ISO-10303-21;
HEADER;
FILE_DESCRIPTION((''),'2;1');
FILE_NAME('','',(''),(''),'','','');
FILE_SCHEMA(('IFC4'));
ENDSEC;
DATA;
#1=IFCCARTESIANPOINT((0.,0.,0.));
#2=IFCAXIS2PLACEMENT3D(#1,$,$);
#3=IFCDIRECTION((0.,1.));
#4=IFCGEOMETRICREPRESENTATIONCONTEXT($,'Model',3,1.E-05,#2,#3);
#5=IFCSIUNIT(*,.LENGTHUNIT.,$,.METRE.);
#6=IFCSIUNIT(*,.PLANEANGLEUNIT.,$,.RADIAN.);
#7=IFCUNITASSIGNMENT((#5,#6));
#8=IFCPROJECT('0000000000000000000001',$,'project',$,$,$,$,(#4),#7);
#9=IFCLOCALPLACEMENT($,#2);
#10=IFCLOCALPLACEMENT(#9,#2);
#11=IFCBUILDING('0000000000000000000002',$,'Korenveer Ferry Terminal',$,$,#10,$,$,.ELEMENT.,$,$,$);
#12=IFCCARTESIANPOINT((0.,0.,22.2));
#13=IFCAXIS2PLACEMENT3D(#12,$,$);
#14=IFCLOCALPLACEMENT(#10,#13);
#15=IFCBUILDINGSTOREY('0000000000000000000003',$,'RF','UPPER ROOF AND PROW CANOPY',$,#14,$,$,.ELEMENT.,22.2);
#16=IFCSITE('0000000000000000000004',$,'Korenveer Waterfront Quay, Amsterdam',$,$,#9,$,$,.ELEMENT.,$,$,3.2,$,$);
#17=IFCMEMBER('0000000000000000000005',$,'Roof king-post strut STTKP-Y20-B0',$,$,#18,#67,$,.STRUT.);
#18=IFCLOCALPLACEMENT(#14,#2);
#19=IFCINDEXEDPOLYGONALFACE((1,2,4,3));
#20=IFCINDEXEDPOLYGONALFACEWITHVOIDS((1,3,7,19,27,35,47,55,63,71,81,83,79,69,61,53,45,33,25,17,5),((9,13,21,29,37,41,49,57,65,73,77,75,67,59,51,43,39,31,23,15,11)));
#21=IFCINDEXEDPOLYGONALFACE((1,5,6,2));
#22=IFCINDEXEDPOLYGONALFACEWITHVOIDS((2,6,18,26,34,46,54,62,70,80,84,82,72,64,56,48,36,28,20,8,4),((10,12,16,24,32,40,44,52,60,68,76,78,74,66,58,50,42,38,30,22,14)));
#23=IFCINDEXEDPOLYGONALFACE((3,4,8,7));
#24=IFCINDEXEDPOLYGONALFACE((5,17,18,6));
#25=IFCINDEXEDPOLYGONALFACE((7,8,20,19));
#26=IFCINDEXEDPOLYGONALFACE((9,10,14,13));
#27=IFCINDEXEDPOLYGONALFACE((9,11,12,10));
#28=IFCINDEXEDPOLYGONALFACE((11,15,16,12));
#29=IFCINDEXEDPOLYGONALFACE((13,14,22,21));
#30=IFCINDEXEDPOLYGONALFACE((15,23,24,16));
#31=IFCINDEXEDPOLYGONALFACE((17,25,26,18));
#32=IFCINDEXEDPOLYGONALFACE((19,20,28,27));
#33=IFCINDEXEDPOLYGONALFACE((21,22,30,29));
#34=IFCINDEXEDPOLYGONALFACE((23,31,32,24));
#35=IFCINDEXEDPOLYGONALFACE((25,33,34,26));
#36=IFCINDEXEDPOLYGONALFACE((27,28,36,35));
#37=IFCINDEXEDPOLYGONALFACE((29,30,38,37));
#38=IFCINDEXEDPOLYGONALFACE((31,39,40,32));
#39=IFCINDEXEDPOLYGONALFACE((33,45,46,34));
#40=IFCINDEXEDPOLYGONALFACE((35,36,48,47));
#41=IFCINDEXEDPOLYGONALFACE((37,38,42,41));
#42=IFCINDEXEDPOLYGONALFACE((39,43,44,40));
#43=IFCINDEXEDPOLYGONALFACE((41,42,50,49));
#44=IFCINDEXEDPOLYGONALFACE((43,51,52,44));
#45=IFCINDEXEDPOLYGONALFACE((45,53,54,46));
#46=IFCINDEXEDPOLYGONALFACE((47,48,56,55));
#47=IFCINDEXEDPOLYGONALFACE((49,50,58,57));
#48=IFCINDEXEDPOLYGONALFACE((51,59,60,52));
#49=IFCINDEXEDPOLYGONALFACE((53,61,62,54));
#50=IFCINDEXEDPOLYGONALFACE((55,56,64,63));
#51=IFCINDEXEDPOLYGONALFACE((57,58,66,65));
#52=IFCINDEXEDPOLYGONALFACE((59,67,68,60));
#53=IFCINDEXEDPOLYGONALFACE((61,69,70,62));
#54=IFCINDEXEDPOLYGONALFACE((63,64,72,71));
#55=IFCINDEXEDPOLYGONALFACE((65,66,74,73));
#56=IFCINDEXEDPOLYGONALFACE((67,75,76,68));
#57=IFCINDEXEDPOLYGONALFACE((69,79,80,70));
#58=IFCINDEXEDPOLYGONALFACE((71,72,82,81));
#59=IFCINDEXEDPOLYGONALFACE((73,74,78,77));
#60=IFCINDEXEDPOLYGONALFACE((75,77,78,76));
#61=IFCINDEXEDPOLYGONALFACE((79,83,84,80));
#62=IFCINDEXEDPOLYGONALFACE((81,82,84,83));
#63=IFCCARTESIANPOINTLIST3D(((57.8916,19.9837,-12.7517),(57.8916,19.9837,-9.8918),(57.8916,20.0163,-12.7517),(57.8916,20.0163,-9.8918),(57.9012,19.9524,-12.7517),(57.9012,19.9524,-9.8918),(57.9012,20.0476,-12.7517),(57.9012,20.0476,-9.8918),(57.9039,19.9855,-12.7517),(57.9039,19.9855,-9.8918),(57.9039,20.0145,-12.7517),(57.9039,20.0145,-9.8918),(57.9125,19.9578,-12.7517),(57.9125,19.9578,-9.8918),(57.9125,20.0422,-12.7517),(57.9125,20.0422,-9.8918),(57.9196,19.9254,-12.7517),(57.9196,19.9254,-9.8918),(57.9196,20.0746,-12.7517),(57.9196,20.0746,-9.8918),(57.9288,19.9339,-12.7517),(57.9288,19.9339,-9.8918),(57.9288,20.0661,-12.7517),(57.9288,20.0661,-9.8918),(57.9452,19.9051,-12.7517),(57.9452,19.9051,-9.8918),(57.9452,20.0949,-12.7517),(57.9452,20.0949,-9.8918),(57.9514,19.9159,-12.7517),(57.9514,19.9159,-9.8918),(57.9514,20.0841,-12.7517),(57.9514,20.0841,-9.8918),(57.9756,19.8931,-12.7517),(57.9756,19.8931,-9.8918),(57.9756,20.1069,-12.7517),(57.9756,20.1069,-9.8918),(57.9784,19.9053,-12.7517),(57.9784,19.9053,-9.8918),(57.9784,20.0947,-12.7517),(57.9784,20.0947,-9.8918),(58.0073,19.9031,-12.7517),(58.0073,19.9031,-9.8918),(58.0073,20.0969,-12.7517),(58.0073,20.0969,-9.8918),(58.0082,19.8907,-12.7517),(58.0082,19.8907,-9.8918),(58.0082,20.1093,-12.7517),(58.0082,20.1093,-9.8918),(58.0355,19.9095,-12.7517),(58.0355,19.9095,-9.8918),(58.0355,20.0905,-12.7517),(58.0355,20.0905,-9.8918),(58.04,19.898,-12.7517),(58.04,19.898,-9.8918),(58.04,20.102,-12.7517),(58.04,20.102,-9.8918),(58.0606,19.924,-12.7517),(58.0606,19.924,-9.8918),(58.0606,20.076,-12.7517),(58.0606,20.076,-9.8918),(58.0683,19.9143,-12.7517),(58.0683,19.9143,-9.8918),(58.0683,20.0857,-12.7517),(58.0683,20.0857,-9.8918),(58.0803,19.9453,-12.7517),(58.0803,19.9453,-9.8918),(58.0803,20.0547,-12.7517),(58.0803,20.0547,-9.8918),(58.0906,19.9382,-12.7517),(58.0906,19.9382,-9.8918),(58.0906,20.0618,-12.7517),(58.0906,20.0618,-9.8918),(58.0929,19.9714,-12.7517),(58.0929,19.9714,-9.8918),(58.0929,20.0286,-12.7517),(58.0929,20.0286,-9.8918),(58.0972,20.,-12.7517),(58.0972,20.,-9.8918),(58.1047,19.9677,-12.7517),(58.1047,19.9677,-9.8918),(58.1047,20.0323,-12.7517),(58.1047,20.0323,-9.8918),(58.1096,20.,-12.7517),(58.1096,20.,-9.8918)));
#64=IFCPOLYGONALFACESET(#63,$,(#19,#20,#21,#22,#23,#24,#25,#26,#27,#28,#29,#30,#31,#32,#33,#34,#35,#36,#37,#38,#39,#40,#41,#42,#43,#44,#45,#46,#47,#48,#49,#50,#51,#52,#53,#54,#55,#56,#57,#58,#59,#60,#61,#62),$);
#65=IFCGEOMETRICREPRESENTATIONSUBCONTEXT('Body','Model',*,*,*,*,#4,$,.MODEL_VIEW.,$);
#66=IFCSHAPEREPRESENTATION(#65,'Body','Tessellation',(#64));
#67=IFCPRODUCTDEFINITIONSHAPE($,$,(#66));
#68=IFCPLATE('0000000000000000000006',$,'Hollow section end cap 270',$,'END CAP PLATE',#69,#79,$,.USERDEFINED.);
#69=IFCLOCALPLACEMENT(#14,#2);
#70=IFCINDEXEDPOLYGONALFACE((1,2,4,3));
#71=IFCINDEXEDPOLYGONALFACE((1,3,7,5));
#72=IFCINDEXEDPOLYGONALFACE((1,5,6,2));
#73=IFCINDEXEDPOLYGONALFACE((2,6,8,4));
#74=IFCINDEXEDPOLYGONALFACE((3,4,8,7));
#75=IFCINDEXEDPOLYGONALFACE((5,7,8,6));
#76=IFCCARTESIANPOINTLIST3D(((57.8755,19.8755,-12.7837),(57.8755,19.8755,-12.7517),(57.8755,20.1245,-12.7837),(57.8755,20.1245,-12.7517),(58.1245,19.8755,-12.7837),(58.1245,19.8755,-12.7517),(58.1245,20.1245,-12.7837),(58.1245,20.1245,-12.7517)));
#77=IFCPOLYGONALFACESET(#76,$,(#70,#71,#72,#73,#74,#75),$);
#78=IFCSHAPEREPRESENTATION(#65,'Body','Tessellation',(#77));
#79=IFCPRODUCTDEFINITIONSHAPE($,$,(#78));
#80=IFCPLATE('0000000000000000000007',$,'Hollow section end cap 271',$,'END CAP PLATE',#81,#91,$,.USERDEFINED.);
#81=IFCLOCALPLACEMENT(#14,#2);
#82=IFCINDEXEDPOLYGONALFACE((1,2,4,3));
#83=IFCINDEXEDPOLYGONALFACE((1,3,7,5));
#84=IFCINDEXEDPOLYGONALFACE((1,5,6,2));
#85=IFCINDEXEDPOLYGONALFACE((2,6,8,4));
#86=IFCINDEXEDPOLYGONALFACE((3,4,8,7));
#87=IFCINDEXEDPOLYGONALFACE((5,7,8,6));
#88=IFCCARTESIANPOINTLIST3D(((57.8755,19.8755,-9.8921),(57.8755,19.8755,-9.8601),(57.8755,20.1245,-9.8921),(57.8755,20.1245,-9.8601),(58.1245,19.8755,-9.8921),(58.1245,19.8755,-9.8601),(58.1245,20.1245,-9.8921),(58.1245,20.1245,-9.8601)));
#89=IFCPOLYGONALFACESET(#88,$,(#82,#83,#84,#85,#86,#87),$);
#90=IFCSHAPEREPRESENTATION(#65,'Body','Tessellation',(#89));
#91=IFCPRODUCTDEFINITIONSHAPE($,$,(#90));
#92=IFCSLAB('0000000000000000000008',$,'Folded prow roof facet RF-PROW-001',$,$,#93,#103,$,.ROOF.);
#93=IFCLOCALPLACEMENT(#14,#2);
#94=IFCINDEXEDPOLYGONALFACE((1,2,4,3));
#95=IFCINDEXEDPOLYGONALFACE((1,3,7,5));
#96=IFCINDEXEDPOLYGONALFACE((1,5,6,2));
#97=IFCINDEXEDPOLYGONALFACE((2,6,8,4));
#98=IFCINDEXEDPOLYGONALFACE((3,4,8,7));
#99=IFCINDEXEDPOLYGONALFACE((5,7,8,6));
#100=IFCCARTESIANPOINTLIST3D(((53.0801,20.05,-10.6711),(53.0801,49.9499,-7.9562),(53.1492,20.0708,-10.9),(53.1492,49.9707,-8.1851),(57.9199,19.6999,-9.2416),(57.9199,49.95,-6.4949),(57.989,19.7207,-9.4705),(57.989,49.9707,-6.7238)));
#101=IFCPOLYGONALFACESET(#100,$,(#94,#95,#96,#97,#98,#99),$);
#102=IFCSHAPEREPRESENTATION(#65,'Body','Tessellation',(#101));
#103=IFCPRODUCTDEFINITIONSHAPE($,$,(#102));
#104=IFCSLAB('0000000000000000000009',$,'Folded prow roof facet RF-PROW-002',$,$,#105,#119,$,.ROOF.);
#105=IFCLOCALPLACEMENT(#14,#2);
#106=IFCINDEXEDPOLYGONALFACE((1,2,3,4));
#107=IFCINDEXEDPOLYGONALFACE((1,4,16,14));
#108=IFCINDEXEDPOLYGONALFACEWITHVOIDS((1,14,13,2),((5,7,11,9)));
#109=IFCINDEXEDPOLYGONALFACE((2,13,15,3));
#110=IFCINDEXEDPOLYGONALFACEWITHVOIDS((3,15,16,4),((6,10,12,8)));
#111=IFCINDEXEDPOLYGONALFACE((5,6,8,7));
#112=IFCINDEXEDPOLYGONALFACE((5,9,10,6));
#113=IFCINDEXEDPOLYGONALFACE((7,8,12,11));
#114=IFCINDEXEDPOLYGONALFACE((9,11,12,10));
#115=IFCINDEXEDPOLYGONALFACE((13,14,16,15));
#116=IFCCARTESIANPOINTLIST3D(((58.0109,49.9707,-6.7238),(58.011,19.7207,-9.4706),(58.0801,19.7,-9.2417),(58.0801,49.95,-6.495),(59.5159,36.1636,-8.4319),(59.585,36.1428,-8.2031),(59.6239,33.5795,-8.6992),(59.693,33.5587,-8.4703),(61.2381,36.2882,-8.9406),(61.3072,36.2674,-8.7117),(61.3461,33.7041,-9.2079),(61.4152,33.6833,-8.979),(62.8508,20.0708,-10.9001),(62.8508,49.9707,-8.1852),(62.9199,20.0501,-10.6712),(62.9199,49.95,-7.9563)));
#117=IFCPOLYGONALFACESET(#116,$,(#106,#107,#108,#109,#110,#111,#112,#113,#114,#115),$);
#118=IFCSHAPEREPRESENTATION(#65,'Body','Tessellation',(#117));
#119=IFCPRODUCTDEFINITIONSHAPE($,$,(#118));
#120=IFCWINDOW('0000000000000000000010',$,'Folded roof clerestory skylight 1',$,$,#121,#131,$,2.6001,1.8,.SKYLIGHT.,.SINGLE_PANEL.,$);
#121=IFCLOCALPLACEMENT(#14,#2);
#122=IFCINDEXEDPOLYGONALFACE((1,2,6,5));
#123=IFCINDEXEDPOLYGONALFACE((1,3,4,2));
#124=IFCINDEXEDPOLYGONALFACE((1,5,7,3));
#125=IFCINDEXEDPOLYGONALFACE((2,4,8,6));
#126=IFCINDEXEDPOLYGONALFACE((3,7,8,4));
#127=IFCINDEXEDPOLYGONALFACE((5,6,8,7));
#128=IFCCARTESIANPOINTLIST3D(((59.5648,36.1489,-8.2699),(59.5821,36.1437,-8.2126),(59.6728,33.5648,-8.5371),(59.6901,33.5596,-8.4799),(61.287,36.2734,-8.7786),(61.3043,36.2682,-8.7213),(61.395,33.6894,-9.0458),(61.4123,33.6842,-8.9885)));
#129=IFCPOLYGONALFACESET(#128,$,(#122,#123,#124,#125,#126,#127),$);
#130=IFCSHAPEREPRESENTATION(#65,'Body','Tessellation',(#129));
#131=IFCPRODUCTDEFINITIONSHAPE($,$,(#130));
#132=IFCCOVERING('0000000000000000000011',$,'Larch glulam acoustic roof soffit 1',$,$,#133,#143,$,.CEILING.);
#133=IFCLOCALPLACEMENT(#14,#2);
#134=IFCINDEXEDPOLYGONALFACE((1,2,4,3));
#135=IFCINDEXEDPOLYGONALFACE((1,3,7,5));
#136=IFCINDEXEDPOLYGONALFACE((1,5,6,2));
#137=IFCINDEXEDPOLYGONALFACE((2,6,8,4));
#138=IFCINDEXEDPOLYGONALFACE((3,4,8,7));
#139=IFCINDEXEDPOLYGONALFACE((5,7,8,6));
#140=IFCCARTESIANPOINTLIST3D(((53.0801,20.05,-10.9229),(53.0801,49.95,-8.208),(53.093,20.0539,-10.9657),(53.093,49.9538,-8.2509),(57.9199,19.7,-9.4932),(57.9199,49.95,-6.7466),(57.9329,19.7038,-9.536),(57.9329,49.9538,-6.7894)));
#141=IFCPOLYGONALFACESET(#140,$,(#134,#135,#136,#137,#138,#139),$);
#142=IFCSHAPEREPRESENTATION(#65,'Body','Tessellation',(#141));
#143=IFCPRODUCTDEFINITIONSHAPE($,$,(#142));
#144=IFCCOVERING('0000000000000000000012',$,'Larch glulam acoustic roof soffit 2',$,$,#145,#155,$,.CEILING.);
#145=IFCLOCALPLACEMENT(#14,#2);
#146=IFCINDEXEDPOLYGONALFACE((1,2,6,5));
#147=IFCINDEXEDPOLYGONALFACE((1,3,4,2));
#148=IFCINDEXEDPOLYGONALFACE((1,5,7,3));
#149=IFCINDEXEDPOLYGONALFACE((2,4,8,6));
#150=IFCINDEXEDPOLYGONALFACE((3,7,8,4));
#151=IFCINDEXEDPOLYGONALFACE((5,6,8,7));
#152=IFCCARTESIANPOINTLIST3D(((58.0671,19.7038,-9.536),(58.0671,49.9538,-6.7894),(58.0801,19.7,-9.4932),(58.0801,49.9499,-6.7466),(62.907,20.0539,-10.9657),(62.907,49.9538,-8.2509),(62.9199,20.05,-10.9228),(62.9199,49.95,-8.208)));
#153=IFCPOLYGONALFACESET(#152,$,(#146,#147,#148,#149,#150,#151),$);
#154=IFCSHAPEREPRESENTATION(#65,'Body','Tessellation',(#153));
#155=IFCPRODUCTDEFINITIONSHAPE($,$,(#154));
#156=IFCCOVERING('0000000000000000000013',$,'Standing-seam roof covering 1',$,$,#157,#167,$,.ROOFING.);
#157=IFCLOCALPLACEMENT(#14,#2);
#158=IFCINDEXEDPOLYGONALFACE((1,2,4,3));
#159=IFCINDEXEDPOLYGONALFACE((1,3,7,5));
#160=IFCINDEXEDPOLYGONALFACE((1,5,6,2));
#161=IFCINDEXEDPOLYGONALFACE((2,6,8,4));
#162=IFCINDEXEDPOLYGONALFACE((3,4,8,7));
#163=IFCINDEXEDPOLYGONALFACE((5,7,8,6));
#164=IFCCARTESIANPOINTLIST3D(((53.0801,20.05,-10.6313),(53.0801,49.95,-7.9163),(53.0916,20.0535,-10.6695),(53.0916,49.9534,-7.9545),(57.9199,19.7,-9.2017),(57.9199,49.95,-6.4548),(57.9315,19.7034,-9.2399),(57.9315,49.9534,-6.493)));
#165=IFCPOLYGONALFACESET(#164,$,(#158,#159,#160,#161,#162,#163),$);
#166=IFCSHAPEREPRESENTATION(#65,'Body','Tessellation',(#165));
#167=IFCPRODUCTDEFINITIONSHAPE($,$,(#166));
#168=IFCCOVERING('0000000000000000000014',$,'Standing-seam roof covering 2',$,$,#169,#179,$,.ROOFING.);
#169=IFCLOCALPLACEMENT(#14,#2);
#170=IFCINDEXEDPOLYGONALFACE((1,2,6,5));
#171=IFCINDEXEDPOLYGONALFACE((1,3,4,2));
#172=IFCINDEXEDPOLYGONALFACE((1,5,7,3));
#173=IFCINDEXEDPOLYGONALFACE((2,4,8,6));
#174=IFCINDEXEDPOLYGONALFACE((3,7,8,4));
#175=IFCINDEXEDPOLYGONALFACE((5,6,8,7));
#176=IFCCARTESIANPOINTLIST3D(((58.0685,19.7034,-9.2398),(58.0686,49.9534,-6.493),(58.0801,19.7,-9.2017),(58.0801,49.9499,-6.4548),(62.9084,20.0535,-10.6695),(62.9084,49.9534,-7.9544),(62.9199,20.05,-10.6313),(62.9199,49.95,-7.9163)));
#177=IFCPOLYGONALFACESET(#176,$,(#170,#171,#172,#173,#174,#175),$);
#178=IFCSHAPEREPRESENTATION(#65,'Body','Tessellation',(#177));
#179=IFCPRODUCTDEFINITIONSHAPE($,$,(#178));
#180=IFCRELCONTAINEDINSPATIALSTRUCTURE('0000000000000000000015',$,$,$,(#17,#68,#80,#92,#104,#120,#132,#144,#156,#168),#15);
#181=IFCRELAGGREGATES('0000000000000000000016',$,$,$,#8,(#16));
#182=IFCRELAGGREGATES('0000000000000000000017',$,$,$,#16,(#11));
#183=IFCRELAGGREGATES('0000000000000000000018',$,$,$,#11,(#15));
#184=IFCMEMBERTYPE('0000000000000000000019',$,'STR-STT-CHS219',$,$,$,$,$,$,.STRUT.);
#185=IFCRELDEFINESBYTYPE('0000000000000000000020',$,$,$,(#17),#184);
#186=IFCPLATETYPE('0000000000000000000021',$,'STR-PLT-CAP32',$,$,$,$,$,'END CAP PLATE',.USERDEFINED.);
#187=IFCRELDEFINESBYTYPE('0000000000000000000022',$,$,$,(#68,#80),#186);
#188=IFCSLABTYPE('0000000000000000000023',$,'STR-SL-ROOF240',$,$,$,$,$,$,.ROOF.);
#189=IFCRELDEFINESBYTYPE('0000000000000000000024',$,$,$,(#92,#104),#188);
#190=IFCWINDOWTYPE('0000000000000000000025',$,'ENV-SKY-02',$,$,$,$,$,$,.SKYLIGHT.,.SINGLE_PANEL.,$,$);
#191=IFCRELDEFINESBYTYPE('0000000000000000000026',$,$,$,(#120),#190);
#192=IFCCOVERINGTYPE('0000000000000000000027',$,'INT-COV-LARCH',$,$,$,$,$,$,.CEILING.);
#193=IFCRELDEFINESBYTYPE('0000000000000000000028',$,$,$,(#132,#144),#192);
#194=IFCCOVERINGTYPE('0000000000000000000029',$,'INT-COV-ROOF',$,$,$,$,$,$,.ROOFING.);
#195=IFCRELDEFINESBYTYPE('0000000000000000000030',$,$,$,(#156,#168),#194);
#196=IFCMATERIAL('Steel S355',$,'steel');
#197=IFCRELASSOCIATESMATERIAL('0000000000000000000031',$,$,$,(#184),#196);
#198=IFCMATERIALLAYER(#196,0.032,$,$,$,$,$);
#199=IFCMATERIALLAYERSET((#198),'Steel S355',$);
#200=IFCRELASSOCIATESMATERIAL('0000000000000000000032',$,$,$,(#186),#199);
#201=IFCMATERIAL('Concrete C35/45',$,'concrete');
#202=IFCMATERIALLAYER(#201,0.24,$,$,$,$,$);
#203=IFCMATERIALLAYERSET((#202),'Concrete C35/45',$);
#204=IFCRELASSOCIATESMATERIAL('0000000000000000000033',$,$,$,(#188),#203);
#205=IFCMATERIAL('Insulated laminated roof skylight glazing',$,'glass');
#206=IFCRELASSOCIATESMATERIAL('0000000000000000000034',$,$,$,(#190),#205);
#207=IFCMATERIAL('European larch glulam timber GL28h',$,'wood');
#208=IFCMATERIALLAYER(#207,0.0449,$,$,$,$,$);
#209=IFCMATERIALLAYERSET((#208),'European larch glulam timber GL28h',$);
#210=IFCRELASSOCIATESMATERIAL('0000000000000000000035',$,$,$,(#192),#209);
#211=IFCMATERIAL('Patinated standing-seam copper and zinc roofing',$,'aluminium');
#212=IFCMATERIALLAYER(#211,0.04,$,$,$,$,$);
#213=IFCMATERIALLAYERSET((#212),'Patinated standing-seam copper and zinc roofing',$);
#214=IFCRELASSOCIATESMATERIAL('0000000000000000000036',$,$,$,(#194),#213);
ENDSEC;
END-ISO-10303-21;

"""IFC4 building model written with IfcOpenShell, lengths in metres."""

from ifc_helpers import new_model, si_unit, direction, frame, origin, origin_2d, place, context, subcontext, project, spatial, polyline, rectangle, hollow_circle, outline, extrude, material, layer, layer_set, material_profile, profile_set, type_object, element, fill, save


model = new_model("IFC4")

# Units and contexts
model_context = context("Model", 3, precision=1e-05, world=origin(), true_north=direction((0.0, 1.0)))
body_context = subcontext(model_context, "Body", "Model", "MODEL_VIEW")
ifc_project = project(units=[si_unit("LENGTHUNIT", "METRE"), si_unit("PLANEANGLEUNIT", "RADIAN")], contexts=[model_context])

# Site, building, storey
site_placement = place(None, origin())
site = spatial("IfcSite", under=ifc_project, at=site_placement, Name="Korenveer Waterfront Quay, Amsterdam", CompositionType="ELEMENT", RefElevation=3.2)
building_placement = place(site_placement, origin())
building = spatial("IfcBuilding", under=site, at=building_placement, Name="Korenveer Ferry Terminal", CompositionType="ELEMENT")
storey_placement = place(building_placement, frame((0.0, 0.0, 22.2)))
storey = spatial("IfcBuildingStorey", under=building, at=storey_placement, Name="RF", Description="UPPER ROOF AND PROW CANOPY", CompositionType="ELEMENT", Elevation=22.2)

# Shared definitions
ifc_material_1 = material(Name="Steel S355", Category="steel")

# Member
ifc_material_profile_1 = material_profile(ifc_material_1, hollow_circle(Radius=0.1096, WallThickness=0.0125, at=origin_2d()), Name="CHS 219.1x12.5")
ifc_profile_set_1 = profile_set([ifc_material_profile_1], Name="Steel S355")
member_type_1 = type_object("IfcMemberType", Name="STR-STT-CHS219", PredefinedType="STRUT", material=ifc_profile_set_1)
member_placement = place(storey_placement, frame((58.0, 20.0, -12.7517), z_axis=(0.0, 0.0, 1.0), x_axis=(1.0, 0.0, 0.0)))
element("IfcMember", 1, at=member_placement, inside=storey, type_object=member_type_1, Name="Roof king-post strut STTKP-Y20-B0", PredefinedType="STRUT", context=body_context, shape_type="SweptSolid", body=[
    extrude(hollow_circle(Radius=0.1096, WallThickness=0.0125, at=origin_2d()), origin(), (0.0, 0.0, 1.0), 2.8599),
])

# Plates
ifc_layer_1 = layer(ifc_material_1, 0.032)
ifc_layer_set_1 = layer_set([ifc_layer_1], Name="Steel S355")
plate_type = type_object("IfcPlateType", Name="STR-PLT-CAP32", ElementType="END CAP PLATE", PredefinedType="USERDEFINED", material=ifc_layer_set_1)
for number, where, z_axis, x_axis, name in (
    (2, (58.0, 20.0, -12.7837), (0.0, 0.0, 1.0), (1.0, 0.0, 0.0), "Hollow section end cap 270"),
    (3, (58.0, 20.0, -9.8921), (0.0, 0.0, 1.0), (1.0, 0.0, 0.0), "Hollow section end cap 271"),
):
    element("IfcPlate", number, at=place(storey_placement, frame(where, z_axis=z_axis, x_axis=x_axis)), inside=storey, type_object=plate_type, Name=name, ObjectType="END CAP PLATE", PredefinedType="USERDEFINED", context=body_context, shape_type="SweptSolid", body=[
        extrude(rectangle(XDim=0.249, YDim=0.249, at=origin_2d()), origin(), (0.0, 0.0, 1.0), 0.032),
    ])

# Slab
ifc_material_2 = material(Name="Concrete C35/45", Category="concrete")
ifc_layer_2 = layer(ifc_material_2, 0.24)
ifc_layer_set_2 = layer_set([ifc_layer_2], Name="Concrete C35/45")
slab_type = type_object("IfcSlabType", Name="STR-SL-ROOF240", PredefinedType="ROOF", material=ifc_layer_set_2)
slab_1_placement = place(storey_placement, frame((53.0801, 20.05, -10.6711), z_axis=(-0.287963, -0.086599, 0.953718), x_axis=(0.95674, -0.069209, 0.282591)))
element("IfcSlab", 4, at=slab_1_placement, inside=storey, type_object=slab_type, Name="Folded prow roof facet RF-PROW-001", PredefinedType="ROOF", context=body_context, shape_type="SweptSolid", body=[
    extrude(outline(polyline([(0.0, 0.0), (5.0587, 0.0), (3.7413, 30.3459), (-1.3022, 29.9946), (0.0, 0.0)])), origin(), (0.0, 0.0, -1.0), 0.24),
])

# Slab, opening, window
slab_2_placement = place(storey_placement, frame((58.0801, 19.7, -9.2417), z_axis=(0.287963, -0.086599, 0.953718), x_axis=(0.95674, 0.069209, -0.282591)))
slab_2 = element("IfcSlab", 5, at=slab_2_placement, inside=storey, type_object=slab_type, Name="Folded prow roof facet RF-PROW-002", PredefinedType="ROOF", context=body_context, shape_type="SweptSolid", body=[
    extrude(outline(polyline([(0.0, 0.0), (5.0587, 0.0), (6.3608, 29.9946), (1.3174, 30.3459), (0.0, 0.0)])), origin(), (0.0, 0.0, -1.0), 0.24),
])
opening_placement = place(slab_2_placement, frame((3.1843, 15.0857, 0.01)))
opening = element("IfcOpeningElement", 6, at=opening_placement, cuts=slab_2, PredefinedType="OPENING", context=body_context, shape_type="SweptSolid", body=[
    extrude(rectangle(XDim=1.8, YDim=2.6001, at=origin_2d()), origin(), (0.0, 0.0, -1.0), 0.26),
])
ifc_material_3 = material(Name="Insulated laminated roof skylight glazing", Category="glass")
window_type = type_object("IfcWindowType", Name="ENV-SKY-02", PartitioningType="SINGLE_PANEL", PredefinedType="SKYLIGHT", material=ifc_material_3)
window_placement = place(slab_2_placement, frame((3.1843, 15.0857, -0.01)))
window = element("IfcWindow", 7, at=window_placement, inside=storey, type_object=window_type, Name="Folded roof clerestory skylight 1", OverallHeight=2.6001, OverallWidth=1.8, PartitioningType="SINGLE_PANEL", PredefinedType="SKYLIGHT", context=body_context, shape_type="SweptSolid", body=[
    extrude(rectangle(XDim=1.8, YDim=2.6001, at=origin_2d()), origin(), (0.0, 0.0, -1.0), 0.0601),
])
fill(opening, window)

# Coverings
ifc_material_4 = material(Name="European larch glulam timber GL28h", Category="wood")
ifc_layer_3 = layer(ifc_material_4, 0.0449)
ifc_layer_set_3 = layer_set([ifc_layer_3], Name="European larch glulam timber GL28h")
covering_type_1 = type_object("IfcCoveringType", Name="INT-COV-LARCH", PredefinedType="CEILING", material=ifc_layer_set_3)
covering_1_placement = place(storey_placement, frame((53.0801, 20.05, -10.9229), z_axis=(-0.287985, -0.086594, 0.953712), x_axis=(0.956734, -0.069206, 0.282614)))
element("IfcCovering", 8, at=covering_1_placement, inside=storey, type_object=covering_type_1, Name="Larch glulam acoustic roof soffit 1", PredefinedType="CEILING", context=body_context, shape_type="SweptSolid", body=[
    extrude(outline(polyline([(0.0, 0.0), (5.0587, 0.0), (3.7415, 30.3459), (-1.302, 29.9947), (0.0, 0.0)])), origin(), (0.0, 0.0, -1.0), 0.0449),
])
covering_2_placement = place(storey_placement, frame((58.0801, 19.7, -9.4932), z_axis=(0.287985, -0.086594, 0.953712), x_axis=(0.956734, 0.069206, -0.282614)))
element("IfcCovering", 9, at=covering_2_placement, inside=storey, type_object=covering_type_1, Name="Larch glulam acoustic roof soffit 2", PredefinedType="CEILING", context=body_context, shape_type="SweptSolid", body=[
    extrude(outline(polyline([(0.0, 0.0), (5.0587, 0.0), (6.3607, 29.9947), (1.3173, 30.3459), (0.0, 0.0)])), origin(), (0.0, 0.0, -1.0), 0.0449),
])
ifc_material_5 = material(Name="Patinated standing-seam copper and zinc roofing", Category="aluminium")
ifc_layer_4 = layer(ifc_material_5, 0.04)
ifc_layer_set_4 = layer_set([ifc_layer_4], Name="Patinated standing-seam copper and zinc roofing")
covering_type_2 = type_object("IfcCoveringType", Name="INT-COV-ROOF", PredefinedType="ROOFING", material=ifc_layer_set_4)
covering_3_placement = place(storey_placement, frame((53.0801, 20.05, -10.6313), z_axis=(-0.287985, -0.086602, 0.953711), x_axis=(0.956734, -0.069206, 0.282614)))
element("IfcCovering", 10, at=covering_3_placement, inside=storey, type_object=covering_type_2, Name="Standing-seam roof covering 1", PredefinedType="ROOFING", context=body_context, shape_type="SweptSolid", body=[
    extrude(outline(polyline([(0.0, 0.0), (5.0587, 0.0), (3.7415, 30.3459), (-1.3019, 29.9947), (0.0, 0.0)])), origin(), (0.0, 0.0, -1.0), 0.04),
])
covering_4_placement = place(storey_placement, frame((58.0801, 19.7, -9.2017), z_axis=(0.287985, -0.086602, 0.953711), x_axis=(0.956734, 0.069206, -0.282614)))
element("IfcCovering", 11, at=covering_4_placement, inside=storey, type_object=covering_type_2, Name="Standing-seam roof covering 2", PredefinedType="ROOFING", context=body_context, shape_type="SweptSolid", body=[
    extrude(outline(polyline([(0.0, 0.0), (5.0587, 0.0), (6.3607, 29.9947), (1.3172, 30.3459), (0.0, 0.0)])), origin(), (0.0, 0.0, -1.0), 0.04),
])

save(model, "model.ifc")
